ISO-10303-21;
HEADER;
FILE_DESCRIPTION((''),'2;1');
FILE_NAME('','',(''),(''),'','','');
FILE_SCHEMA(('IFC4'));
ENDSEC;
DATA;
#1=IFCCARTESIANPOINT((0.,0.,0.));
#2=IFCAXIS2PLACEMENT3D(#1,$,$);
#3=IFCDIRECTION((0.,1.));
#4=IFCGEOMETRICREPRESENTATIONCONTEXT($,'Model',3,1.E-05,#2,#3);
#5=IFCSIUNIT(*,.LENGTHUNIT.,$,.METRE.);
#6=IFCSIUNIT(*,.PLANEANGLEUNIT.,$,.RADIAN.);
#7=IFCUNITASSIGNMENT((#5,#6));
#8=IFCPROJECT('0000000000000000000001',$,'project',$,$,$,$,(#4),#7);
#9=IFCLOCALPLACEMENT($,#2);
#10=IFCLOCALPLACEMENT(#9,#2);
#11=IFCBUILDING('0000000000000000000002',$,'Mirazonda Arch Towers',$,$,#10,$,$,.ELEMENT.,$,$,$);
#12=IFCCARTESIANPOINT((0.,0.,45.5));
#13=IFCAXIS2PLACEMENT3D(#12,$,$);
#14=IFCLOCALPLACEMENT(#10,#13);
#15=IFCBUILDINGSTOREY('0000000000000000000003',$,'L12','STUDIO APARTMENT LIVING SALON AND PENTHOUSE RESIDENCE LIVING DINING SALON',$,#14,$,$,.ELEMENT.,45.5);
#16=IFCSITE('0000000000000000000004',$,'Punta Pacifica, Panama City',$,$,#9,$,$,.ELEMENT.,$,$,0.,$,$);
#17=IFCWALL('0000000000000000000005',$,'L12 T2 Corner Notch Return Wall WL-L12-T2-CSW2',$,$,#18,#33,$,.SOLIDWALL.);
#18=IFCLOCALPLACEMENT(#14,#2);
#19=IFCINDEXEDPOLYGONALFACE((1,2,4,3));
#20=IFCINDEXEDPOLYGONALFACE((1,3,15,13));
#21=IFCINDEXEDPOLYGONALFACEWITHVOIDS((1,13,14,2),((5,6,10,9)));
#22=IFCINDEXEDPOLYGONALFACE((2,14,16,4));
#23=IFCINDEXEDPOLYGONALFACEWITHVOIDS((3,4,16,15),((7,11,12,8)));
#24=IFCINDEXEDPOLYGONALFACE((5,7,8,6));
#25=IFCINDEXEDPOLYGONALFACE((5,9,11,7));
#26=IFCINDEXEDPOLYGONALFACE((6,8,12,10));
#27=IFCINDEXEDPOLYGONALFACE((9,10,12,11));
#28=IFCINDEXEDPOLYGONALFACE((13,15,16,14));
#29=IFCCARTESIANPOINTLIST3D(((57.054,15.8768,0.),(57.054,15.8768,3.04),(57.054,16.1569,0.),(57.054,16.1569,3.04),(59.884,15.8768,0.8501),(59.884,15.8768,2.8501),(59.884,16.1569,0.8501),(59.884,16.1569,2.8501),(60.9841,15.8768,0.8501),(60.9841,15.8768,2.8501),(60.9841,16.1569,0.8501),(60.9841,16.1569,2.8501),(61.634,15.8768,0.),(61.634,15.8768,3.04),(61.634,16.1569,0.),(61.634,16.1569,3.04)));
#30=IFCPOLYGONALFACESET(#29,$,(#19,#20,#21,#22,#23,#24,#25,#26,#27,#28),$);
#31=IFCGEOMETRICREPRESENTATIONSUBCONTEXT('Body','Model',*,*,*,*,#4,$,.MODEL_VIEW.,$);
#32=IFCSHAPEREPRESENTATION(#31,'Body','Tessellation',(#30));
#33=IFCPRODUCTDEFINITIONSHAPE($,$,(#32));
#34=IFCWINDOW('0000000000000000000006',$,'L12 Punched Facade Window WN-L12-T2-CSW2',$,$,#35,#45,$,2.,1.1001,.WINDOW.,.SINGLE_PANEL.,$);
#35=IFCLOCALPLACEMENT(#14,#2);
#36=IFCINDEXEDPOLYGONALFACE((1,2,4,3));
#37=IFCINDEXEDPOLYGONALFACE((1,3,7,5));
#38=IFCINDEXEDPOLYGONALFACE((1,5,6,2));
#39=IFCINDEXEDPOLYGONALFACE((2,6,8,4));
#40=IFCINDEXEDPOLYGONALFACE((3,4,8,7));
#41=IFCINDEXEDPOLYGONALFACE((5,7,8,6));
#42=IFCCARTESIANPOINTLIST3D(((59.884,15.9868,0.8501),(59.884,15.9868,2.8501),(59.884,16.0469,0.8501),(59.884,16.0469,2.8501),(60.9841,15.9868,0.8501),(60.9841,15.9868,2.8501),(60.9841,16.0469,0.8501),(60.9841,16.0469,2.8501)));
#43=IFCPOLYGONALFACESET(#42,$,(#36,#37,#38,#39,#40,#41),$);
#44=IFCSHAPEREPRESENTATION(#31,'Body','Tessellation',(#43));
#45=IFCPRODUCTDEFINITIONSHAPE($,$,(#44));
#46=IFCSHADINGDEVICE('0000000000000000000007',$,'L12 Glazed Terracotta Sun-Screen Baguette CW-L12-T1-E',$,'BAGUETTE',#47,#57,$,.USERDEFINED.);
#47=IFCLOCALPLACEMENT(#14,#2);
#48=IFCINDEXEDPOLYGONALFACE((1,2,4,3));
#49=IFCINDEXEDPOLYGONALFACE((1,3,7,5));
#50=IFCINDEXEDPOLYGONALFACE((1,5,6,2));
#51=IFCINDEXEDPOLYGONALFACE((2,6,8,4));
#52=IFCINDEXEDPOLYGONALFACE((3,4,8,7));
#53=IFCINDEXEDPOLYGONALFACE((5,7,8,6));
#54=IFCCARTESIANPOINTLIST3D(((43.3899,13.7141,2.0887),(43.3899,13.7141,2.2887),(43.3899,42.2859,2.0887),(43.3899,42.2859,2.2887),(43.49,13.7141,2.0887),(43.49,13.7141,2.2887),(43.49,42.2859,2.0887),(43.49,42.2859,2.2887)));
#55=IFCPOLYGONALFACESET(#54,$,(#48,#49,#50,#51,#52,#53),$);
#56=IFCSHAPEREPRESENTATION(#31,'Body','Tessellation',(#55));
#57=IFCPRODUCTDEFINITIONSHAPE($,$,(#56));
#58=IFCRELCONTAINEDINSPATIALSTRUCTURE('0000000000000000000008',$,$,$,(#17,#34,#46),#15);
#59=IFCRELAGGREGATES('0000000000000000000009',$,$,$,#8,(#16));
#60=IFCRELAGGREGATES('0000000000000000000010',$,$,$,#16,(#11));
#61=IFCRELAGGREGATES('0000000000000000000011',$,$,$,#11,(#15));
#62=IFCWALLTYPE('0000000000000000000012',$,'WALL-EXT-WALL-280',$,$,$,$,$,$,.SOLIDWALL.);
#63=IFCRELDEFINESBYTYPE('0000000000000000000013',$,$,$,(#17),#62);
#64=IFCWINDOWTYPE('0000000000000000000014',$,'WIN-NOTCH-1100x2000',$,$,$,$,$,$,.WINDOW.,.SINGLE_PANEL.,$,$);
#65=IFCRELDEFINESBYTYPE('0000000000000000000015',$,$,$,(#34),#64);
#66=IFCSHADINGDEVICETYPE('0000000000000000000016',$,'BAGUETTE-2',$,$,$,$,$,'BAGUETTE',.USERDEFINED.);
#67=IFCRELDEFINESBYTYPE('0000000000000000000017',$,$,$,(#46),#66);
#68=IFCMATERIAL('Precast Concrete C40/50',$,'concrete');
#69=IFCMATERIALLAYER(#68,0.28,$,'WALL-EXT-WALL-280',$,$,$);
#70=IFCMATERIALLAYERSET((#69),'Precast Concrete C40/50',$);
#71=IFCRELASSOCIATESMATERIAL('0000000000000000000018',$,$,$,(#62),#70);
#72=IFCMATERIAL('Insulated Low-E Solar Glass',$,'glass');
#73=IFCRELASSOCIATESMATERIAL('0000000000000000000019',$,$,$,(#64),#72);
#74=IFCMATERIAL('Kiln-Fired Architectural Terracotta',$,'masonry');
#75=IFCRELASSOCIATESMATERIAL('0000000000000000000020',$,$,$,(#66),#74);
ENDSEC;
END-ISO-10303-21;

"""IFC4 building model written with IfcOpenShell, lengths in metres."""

from ifc_helpers import new_model, si_unit, direction, frame, frame_2d, origin, origin_2d, place, context, subcontext, project, spatial, rectangle, extrude, material, layer, layer_set, material_profile, profile_set, type_object, element, fill, save


model = new_model("IFC4")

# Units and contexts
model_context = context("Model", 3, precision=1e-05, world=origin(), true_north=direction((0.0, 1.0)))
body_context = subcontext(model_context, "Body", "Model", "MODEL_VIEW")
ifc_project = project(units=[si_unit("LENGTHUNIT", "METRE"), si_unit("PLANEANGLEUNIT", "RADIAN")], contexts=[model_context])

# Site, building, storey
site_placement = place(None, origin())
site = spatial("IfcSite", under=ifc_project, at=site_placement, Name="Punta Pacifica, Panama City", CompositionType="ELEMENT", RefElevation=0.0)
building_placement = place(site_placement, origin())
building = spatial("IfcBuilding", under=site, at=building_placement, Name="Mirazonda Arch Towers", CompositionType="ELEMENT")
storey_placement = place(building_placement, frame((0.0, 0.0, 45.5)))
storey = spatial("IfcBuildingStorey", under=building, at=storey_placement, Name="L12", Description="STUDIO APARTMENT LIVING SALON AND PENTHOUSE RESIDENCE LIVING DINING SALON", CompositionType="ELEMENT", Elevation=45.5)

# Shared definitions
ifc_material_1 = material(Name="Insulated Low-E Solar Glass", Category="glass")

# Wall, opening, window
ifc_material_2 = material(Name="Precast Concrete C40/50", Category="concrete")
ifc_layer_1 = layer(ifc_material_2, 0.28, Name="WALL-EXT-WALL-280")
ifc_layer_set_1 = layer_set([ifc_layer_1], Name="Precast Concrete C40/50")
wall_type_1 = type_object("IfcWallType", Name="WALL-EXT-WALL-280", PredefinedType="SOLIDWALL", material=ifc_layer_set_1)
wall_1_placement = place(storey_placement, frame((57.054, 16.0168, 0.0), z_axis=(0.0, 0.0, 1.0), x_axis=(1.0, 0.0, 0.0)))
wall_1 = element("IfcWall", 1, at=wall_1_placement, inside=storey, type_object=wall_type_1, Name="L12 T2 Corner Notch Return Wall WL-L12-T2-CSW2", PredefinedType="SOLIDWALL", context=body_context, shape_type="SweptSolid", body=[
    extrude(rectangle(XDim=4.5801, YDim=0.28, at=frame_2d((2.29, 0.0))), origin(), (0.0, 0.0, 1.0), 3.04),
])
opening_1_placement = place(wall_1_placement, frame((2.8301, 0.0, 0.8501)))
opening_1 = element("IfcOpeningElement", 2, at=opening_1_placement, cuts=wall_1, PredefinedType="OPENING", context=body_context, shape_type="SweptSolid", body=[
    extrude(rectangle(XDim=1.1001, YDim=2.0, at=frame_2d((0.55, 1.0))), frame((0.0, 0.1499, 0.0), z_axis=(0.0, -1.0, 0.0), x_axis=(1.0, 0.0, 0.0)), (0.0, 0.0, 1.0), 0.3),
])
window_type = type_object("IfcWindowType", Name="WIN-NOTCH-1100x2000", PartitioningType="SINGLE_PANEL", PredefinedType="WINDOW", material=ifc_material_1)
window_placement = place(opening_1_placement, origin())
window = element("IfcWindow", 3, at=window_placement, inside=storey, type_object=window_type, Name="L12 Punched Facade Window WN-L12-T2-CSW2", OverallHeight=2.0, OverallWidth=1.1001, PartitioningType="SINGLE_PANEL", PredefinedType="WINDOW", context=body_context, shape_type="SweptSolid", body=[
    extrude(rectangle(XDim=1.1001, YDim=2.0, at=frame_2d((0.55, 1.0))), frame((0.0, 0.03, 0.0), z_axis=(0.0, -1.0, 0.0), x_axis=(1.0, 0.0, 0.0)), (0.0, 0.0, 1.0), 0.0601),
])
fill(opening_1, window)

# Shading device
ifc_material_3 = material(Name="Kiln-Fired Architectural Terracotta", Category="masonry")
ifc_material_profile_1 = material_profile(ifc_material_3, rectangle(XDim=0.1001, YDim=0.2, at=origin_2d()), Name="TERRA-BAG-100x200")
ifc_profile_set_1 = profile_set([ifc_material_profile_1], Name="Kiln-Fired Architectural Terracotta")
shading_device_type = type_object("IfcShadingDeviceType", Name="BAGUETTE-2", ElementType="BAGUETTE", PredefinedType="USERDEFINED", material=ifc_profile_set_1)
shading_device_placement = place(storey_placement, frame((43.4399, 13.7141, 2.1887), z_axis=(0.0, 1.0, 0.0), x_axis=(-1.0, 0.0, 0.0)))
element("IfcShadingDevice", 4, at=shading_device_placement, inside=storey, type_object=shading_device_type, Name="L12 Glazed Terracotta Sun-Screen Baguette CW-L12-T1-E", ObjectType="BAGUETTE", PredefinedType="USERDEFINED", context=body_context, shape_type="SweptSolid", body=[
    extrude(rectangle(XDim=0.1001, YDim=0.2, at=origin_2d()), origin(), (0.0, 0.0, 1.0), 28.5718),
])

save(model, "model.ifc")
